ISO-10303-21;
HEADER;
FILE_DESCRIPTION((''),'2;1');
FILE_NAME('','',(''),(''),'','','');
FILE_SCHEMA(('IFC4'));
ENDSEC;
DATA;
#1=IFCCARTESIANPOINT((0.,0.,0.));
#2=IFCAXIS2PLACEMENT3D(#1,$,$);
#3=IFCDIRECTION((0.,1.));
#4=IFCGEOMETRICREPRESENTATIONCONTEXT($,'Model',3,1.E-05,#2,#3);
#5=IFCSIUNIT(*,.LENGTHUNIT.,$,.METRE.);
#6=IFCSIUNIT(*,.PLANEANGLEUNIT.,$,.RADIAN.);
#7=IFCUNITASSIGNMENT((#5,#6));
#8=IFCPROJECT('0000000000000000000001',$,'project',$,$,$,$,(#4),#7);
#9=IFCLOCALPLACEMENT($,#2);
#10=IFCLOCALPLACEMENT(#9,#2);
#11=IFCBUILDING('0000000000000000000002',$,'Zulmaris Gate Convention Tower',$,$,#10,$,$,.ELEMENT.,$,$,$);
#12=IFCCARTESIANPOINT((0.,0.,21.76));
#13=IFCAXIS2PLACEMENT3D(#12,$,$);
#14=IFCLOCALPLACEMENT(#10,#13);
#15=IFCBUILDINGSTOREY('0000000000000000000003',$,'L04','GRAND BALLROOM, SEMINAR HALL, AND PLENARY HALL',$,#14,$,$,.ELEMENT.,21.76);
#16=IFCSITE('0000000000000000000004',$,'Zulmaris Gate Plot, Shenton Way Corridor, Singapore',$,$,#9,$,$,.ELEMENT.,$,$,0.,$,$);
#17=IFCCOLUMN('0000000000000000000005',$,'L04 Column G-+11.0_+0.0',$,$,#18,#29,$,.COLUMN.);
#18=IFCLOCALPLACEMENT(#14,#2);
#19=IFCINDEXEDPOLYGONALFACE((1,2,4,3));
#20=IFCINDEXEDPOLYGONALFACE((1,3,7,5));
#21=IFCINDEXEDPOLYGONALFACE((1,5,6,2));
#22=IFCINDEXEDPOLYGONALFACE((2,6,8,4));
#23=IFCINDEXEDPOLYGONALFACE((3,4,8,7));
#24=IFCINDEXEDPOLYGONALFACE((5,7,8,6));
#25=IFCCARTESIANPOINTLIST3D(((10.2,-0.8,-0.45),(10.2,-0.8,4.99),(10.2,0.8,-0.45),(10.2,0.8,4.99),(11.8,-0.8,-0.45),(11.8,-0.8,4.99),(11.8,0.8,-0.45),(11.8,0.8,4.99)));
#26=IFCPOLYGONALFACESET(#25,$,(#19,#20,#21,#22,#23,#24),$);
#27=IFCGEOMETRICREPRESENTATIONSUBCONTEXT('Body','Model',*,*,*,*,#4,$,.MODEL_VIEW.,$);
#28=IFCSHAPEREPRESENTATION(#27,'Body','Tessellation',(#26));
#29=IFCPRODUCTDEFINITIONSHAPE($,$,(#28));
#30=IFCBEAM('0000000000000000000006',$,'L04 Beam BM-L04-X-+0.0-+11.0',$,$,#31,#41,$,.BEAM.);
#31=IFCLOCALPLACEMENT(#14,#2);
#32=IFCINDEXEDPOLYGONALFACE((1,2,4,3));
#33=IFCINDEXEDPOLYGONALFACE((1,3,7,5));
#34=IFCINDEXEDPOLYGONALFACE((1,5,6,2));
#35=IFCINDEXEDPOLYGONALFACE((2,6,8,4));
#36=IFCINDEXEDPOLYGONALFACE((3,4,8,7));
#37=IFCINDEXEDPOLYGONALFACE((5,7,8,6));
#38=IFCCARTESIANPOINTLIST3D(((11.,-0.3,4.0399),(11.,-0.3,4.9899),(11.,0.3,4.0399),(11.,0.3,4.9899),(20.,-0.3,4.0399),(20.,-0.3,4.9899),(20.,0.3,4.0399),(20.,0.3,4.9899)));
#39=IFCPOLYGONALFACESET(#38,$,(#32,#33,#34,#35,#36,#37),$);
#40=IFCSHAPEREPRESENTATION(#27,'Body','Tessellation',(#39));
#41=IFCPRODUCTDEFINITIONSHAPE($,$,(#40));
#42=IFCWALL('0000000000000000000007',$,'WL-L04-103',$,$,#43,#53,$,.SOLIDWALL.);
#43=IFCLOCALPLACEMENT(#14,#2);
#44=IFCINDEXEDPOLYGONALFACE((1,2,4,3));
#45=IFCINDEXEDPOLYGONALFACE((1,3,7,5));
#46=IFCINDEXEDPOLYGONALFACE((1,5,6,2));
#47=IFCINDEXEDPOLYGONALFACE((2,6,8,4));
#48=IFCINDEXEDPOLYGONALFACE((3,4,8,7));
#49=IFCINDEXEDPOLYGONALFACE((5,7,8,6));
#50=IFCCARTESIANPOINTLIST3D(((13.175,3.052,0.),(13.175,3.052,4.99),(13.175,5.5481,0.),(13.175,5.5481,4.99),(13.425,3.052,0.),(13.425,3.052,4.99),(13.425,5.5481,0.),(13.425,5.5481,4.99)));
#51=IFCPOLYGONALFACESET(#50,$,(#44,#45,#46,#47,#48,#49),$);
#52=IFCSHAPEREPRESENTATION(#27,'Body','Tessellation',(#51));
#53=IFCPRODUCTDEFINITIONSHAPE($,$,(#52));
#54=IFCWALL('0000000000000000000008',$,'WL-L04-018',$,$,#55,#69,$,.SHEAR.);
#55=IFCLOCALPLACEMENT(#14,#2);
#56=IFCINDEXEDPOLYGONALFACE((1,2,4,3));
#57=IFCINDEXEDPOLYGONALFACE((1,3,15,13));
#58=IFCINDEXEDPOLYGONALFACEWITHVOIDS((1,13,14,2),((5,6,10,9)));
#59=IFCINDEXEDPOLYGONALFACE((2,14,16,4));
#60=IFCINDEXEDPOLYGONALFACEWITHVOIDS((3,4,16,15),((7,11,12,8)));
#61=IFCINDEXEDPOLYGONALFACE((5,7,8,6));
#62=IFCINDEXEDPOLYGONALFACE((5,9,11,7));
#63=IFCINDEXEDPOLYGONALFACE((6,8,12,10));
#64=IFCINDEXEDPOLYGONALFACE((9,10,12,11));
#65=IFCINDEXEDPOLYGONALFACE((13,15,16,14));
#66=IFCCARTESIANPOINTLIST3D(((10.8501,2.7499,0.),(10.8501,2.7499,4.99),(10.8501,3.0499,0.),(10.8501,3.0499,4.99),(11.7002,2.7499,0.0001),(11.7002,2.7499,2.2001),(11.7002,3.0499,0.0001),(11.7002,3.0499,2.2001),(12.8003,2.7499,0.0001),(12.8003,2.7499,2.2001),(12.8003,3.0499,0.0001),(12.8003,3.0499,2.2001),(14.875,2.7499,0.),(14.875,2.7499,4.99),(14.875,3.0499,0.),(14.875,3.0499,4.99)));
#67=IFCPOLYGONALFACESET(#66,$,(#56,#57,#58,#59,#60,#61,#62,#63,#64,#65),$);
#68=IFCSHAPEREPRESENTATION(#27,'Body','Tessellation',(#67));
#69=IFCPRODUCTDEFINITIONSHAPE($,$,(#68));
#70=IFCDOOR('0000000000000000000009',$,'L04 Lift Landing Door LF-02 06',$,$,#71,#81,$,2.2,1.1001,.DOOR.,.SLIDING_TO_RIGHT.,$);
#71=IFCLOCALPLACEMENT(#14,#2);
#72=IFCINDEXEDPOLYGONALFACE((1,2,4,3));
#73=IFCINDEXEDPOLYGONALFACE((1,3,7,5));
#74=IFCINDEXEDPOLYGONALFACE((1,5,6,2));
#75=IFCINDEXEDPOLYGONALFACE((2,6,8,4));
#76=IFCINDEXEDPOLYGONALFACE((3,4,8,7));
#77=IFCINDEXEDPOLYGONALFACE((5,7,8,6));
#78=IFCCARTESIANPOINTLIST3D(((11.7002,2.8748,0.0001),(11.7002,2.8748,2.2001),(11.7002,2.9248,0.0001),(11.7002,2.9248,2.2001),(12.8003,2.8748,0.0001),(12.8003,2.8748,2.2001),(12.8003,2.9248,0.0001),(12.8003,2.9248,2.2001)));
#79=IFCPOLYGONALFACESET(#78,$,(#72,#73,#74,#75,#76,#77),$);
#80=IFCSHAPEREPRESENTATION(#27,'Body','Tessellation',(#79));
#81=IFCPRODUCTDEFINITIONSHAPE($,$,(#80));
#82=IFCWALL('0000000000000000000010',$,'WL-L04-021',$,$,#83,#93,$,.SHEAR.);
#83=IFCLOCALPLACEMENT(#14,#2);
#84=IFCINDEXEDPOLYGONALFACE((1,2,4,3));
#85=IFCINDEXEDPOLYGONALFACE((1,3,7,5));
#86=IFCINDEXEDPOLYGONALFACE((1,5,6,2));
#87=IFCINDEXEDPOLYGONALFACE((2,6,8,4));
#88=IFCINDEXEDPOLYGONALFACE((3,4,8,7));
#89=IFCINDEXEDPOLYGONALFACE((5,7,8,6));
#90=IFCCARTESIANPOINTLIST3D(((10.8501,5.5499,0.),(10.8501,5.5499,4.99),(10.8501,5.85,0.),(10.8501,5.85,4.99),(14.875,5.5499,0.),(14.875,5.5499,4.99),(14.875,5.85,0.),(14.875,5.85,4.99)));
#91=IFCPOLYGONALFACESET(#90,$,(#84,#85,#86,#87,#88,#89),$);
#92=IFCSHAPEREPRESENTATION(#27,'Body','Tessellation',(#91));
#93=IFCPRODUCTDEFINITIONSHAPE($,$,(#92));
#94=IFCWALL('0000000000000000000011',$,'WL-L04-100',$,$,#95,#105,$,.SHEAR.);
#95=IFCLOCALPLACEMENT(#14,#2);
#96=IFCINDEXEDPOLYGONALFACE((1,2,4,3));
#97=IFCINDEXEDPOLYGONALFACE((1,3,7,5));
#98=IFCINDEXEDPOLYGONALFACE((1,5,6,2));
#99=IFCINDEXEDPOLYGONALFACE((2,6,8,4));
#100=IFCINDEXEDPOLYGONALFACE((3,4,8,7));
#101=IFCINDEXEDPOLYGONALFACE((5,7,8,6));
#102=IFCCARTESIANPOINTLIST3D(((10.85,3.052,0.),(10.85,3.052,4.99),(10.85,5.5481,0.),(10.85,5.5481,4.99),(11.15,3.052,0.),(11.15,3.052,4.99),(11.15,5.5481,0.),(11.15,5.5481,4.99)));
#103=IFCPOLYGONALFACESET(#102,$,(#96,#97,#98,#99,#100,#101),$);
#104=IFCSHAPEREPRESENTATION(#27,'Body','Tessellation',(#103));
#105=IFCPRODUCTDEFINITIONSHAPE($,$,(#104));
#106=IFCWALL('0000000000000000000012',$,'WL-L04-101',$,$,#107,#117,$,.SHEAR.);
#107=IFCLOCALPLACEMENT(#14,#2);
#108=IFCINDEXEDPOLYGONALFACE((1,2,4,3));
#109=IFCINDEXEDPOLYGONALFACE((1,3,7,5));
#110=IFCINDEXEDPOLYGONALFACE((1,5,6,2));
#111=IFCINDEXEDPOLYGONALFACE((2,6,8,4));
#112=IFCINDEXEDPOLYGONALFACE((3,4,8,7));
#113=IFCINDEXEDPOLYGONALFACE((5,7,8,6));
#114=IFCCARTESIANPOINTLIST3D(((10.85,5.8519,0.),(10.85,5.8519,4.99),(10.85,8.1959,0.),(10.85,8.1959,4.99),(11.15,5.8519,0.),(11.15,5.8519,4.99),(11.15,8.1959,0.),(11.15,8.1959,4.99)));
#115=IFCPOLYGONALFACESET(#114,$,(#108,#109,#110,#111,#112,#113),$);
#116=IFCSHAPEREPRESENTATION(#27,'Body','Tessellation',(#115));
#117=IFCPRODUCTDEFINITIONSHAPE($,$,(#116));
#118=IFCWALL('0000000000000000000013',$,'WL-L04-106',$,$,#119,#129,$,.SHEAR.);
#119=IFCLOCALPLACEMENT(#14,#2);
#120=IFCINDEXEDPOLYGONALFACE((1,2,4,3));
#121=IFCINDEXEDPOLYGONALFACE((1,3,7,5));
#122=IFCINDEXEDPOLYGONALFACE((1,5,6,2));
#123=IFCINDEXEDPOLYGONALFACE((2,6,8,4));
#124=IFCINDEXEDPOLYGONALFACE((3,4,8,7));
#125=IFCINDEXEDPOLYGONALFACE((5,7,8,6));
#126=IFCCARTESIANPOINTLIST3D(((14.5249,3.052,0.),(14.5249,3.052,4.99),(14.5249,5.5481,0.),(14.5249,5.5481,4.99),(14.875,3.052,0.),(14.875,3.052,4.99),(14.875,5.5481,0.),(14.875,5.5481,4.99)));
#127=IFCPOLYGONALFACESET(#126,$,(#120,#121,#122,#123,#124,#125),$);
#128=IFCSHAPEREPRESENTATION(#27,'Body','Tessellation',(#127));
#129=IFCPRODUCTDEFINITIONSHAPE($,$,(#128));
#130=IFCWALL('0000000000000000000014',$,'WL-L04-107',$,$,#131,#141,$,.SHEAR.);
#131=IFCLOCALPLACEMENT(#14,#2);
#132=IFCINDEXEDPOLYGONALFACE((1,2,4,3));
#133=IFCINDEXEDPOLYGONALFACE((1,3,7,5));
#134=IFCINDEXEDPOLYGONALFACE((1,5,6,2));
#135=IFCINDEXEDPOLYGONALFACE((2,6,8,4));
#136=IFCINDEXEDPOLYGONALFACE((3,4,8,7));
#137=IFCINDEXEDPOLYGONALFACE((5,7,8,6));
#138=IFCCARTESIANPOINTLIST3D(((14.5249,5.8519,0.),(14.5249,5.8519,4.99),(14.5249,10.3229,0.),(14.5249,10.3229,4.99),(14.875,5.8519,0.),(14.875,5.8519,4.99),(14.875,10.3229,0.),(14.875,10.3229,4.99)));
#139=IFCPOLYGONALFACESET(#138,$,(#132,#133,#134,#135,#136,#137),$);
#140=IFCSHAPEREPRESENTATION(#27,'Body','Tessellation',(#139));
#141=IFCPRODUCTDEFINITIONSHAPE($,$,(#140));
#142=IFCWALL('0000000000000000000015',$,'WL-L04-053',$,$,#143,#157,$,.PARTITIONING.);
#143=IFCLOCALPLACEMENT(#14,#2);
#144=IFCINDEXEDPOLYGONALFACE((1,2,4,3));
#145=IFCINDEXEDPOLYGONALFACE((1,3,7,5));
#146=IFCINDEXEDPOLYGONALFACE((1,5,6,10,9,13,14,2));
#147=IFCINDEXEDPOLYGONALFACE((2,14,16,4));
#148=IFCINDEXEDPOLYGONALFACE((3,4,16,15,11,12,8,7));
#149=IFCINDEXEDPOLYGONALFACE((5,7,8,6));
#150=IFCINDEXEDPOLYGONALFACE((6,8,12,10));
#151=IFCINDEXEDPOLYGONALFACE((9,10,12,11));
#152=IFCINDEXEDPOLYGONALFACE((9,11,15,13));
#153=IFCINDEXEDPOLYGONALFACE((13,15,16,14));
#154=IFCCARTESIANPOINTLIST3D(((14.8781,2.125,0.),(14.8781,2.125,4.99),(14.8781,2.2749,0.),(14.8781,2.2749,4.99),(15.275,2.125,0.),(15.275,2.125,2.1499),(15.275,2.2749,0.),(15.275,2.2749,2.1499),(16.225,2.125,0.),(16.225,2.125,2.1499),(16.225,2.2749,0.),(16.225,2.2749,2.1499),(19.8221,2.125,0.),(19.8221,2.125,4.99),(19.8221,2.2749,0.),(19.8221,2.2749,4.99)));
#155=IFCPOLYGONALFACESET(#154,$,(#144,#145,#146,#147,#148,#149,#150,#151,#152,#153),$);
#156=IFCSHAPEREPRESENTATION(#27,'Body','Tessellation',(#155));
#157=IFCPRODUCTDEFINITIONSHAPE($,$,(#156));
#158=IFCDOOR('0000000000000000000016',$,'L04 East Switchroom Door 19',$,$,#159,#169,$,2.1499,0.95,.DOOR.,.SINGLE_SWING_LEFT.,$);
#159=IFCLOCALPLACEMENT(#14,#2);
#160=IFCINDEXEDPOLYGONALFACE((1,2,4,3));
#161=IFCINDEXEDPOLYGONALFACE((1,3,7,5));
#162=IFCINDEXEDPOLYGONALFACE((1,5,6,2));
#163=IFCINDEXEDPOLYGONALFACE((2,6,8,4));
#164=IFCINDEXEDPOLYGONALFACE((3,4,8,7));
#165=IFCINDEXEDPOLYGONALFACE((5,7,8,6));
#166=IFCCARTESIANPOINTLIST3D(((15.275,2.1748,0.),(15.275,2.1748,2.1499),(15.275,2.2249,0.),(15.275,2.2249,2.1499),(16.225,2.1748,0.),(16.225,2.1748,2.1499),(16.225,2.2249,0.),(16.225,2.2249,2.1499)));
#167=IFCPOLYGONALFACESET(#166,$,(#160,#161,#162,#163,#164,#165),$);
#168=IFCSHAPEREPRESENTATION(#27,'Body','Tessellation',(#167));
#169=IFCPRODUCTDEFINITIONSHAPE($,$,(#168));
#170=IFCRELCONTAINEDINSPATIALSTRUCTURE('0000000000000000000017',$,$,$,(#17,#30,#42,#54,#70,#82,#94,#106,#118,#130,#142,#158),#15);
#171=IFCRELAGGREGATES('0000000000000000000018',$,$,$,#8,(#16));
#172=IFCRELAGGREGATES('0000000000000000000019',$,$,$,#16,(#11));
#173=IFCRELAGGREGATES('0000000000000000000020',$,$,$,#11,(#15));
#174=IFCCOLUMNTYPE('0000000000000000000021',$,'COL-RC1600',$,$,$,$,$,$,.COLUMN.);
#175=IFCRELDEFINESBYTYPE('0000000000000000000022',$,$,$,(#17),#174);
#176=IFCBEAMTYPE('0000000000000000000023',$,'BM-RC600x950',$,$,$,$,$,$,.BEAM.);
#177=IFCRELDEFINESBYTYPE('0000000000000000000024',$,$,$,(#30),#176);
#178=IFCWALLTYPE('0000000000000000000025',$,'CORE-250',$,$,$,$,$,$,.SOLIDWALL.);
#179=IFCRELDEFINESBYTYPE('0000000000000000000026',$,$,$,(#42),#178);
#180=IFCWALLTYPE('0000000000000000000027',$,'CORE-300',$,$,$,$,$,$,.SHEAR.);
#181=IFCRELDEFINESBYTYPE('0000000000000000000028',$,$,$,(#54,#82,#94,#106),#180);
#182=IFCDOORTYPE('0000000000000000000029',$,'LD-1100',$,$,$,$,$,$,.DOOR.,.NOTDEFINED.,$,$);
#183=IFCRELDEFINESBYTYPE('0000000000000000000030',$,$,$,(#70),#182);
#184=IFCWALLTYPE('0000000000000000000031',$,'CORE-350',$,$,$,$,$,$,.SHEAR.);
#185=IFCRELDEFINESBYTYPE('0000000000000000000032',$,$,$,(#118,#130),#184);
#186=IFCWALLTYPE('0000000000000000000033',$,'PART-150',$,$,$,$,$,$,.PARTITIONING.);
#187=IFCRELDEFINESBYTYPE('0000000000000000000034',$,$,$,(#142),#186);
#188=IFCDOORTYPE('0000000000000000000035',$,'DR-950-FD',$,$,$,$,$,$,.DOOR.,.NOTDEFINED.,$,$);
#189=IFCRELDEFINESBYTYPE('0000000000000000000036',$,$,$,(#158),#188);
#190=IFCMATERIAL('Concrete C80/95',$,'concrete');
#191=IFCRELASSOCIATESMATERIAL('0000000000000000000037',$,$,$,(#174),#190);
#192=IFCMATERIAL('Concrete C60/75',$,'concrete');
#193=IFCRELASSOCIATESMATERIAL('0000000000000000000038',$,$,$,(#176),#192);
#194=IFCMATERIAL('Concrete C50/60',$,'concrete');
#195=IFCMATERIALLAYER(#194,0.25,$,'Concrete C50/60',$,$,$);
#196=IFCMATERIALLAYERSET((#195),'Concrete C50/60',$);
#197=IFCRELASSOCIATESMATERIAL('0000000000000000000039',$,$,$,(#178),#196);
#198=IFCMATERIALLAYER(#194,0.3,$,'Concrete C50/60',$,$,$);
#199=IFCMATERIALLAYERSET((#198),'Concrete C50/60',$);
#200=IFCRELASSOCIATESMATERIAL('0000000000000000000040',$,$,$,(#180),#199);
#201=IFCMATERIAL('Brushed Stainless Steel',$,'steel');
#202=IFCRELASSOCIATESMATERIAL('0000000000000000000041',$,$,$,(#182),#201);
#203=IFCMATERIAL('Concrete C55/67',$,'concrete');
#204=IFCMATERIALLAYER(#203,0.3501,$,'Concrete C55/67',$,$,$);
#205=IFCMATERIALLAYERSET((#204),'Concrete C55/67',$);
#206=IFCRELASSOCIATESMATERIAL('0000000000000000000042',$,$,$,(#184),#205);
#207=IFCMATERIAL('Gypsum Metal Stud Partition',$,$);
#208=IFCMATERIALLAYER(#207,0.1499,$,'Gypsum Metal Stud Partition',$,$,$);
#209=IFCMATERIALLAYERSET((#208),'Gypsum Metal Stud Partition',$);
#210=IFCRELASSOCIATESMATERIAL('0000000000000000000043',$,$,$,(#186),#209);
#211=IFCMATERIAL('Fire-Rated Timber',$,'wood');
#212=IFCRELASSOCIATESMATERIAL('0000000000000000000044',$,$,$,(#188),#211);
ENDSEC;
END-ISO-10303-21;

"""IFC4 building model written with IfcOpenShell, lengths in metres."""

from ifc_helpers import new_model, si_unit, direction, frame, frame_2d, origin, origin_2d, place, context, subcontext, project, spatial, rectangle, extrude, material, layer, layer_set, material_profile, profile_set, type_object, element, fill, save


model = new_model("IFC4")

# Units and contexts
model_context = context("Model", 3, precision=1e-05, world=origin(), true_north=direction((0.0, 1.0)))
body_context = subcontext(model_context, "Body", "Model", "MODEL_VIEW")
ifc_project = project(units=[si_unit("LENGTHUNIT", "METRE"), si_unit("PLANEANGLEUNIT", "RADIAN")], contexts=[model_context])

# Site, building, storey
site_placement = place(None, origin())
site = spatial("IfcSite", under=ifc_project, at=site_placement, Name="Zulmaris Gate Plot, Shenton Way Corridor, Singapore", CompositionType="ELEMENT", RefElevation=0.0)
building_placement = place(site_placement, origin())
building = spatial("IfcBuilding", under=site, at=building_placement, Name="Zulmaris Gate Convention Tower", CompositionType="ELEMENT")
storey_placement = place(building_placement, frame((0.0, 0.0, 21.76)))
storey = spatial("IfcBuildingStorey", under=building, at=storey_placement, Name="L04", Description="GRAND BALLROOM, SEMINAR HALL, AND PLENARY HALL", CompositionType="ELEMENT", Elevation=21.76)

# Column
ifc_material_1 = material(Name="Concrete C80/95", Category="concrete")
ifc_material_profile_1 = material_profile(ifc_material_1, rectangle(XDim=1.6001, YDim=1.6001, at=origin_2d()), Name="RC COL 1600x1600")
ifc_profile_set_1 = profile_set([ifc_material_profile_1], Name="Concrete C80/95")
column_type = type_object("IfcColumnType", Name="COL-RC1600", PredefinedType="COLUMN", material=ifc_profile_set_1)
column_placement = place(storey_placement, frame((11.0, 0.0, -0.45), z_axis=(0.0, 0.0, 1.0), x_axis=(1.0, 0.0, 0.0)))
element("IfcColumn", 1, at=column_placement, inside=storey, type_object=column_type, Name="L04 Column G-+11.0_+0.0", PredefinedType="COLUMN", context=body_context, shape_type="SweptSolid", body=[
    extrude(rectangle(XDim=1.6001, YDim=1.6001, at=origin_2d()), origin(), (0.0, 0.0, 1.0), 5.4399),
])

# Beam
ifc_material_2 = material(Name="Concrete C60/75", Category="concrete")
ifc_material_profile_2 = material_profile(ifc_material_2, rectangle(XDim=0.6001, YDim=0.95, at=origin_2d()), Name="RC BEAM 600x950")
ifc_profile_set_2 = profile_set([ifc_material_profile_2], Name="Concrete C60/75")
beam_type = type_object("IfcBeamType", Name="BM-RC600x950", PredefinedType="BEAM", material=ifc_profile_set_2)
beam_placement = place(storey_placement, frame((11.0, 0.0, 4.5149), z_axis=(1.0, 0.0, 0.0), x_axis=(0.0, 1.0, 0.0)))
element("IfcBeam", 2, at=beam_placement, inside=storey, type_object=beam_type, Name="L04 Beam BM-L04-X-+0.0-+11.0", PredefinedType="BEAM", context=body_context, shape_type="SweptSolid", body=[
    extrude(rectangle(XDim=0.6001, YDim=0.95, at=origin_2d()), origin(), (0.0, 0.0, 1.0), 9.0),
])

# Wall
ifc_material_3 = material(Name="Concrete C50/60", Category="concrete")
ifc_layer_1 = layer(ifc_material_3, 0.25, Name="Concrete C50/60")
ifc_layer_set_1 = layer_set([ifc_layer_1], Name="Concrete C50/60")
wall_type_1 = type_object("IfcWallType", Name="CORE-250", PredefinedType="SOLIDWALL", material=ifc_layer_set_1)
wall_1_placement = place(storey_placement, frame((13.3, 3.052, 0.0), z_axis=(0.0, 0.0, 1.0), x_axis=(0.0, 1.0, 0.0)))
element("IfcWall", 3, at=wall_1_placement, inside=storey, type_object=wall_type_1, Name="WL-L04-103", PredefinedType="SOLIDWALL", context=body_context, shape_type="SweptSolid", body=[
    extrude(rectangle(XDim=2.4961, YDim=0.25, at=frame_2d((1.248, 0.0))), origin(), (0.0, 0.0, 1.0), 4.99),
])

# Wall, opening, door
ifc_layer_2 = layer(ifc_material_3, 0.3, Name="Concrete C50/60")
ifc_layer_set_2 = layer_set([ifc_layer_2], Name="Concrete C50/60")
wall_type_2 = type_object("IfcWallType", Name="CORE-300", PredefinedType="SHEAR", material=ifc_layer_set_2)
wall_2_placement = place(storey_placement, frame((10.8501, 2.8999, 0.0), z_axis=(0.0, 0.0, 1.0), x_axis=(1.0, 0.0, 0.0)))
wall_2 = element("IfcWall", 4, at=wall_2_placement, inside=storey, type_object=wall_type_2, Name="WL-L04-018", PredefinedType="SHEAR", context=body_context, shape_type="SweptSolid", body=[
    extrude(rectangle(XDim=4.0249, YDim=0.3, at=frame_2d((2.0125, 0.0))), origin(), (0.0, 0.0, 1.0), 4.99),
])
opening_1_placement = place(wall_2_placement, frame((0.8501, 0.0, 0.0)))
opening_1 = element("IfcOpeningElement", 5, at=opening_1_placement, cuts=wall_2, PredefinedType="OPENING", context=body_context, shape_type="SweptSolid", body=[
    extrude(rectangle(XDim=1.1001, YDim=2.2, at=frame_2d((0.55, 1.1001))), frame((0.0, 0.1602, 0.0), z_axis=(0.0, -1.0, 0.0), x_axis=(1.0, 0.0, 0.0)), (0.0, 0.0, 1.0), 0.3201),
])
ifc_material_4 = material(Name="Brushed Stainless Steel", Category="steel")
door_type_1 = type_object("IfcDoorType", Name="LD-1100", OperationType="NOTDEFINED", PredefinedType="DOOR", material=ifc_material_4)
door_1_placement = place(opening_1_placement, origin())
door_1 = element("IfcDoor", 6, at=door_1_placement, inside=storey, type_object=door_type_1, Name="L04 Lift Landing Door LF-02 06", OperationType="SLIDING_TO_RIGHT", OverallHeight=2.2, OverallWidth=1.1001, PredefinedType="DOOR", context=body_context, shape_type="SweptSolid", body=[
    extrude(rectangle(XDim=1.1001, YDim=2.2, at=frame_2d((0.55, 1.1001))), frame((0.0, 0.0249, 0.0), z_axis=(0.0, -1.0, 0.0), x_axis=(1.0, 0.0, 0.0)), (0.0, 0.0, 1.0), 0.05),
])
fill(opening_1, door_1)

# Wall
wall_3_placement = place(storey_placement, frame((10.8501, 5.7, 0.0), z_axis=(0.0, 0.0, 1.0), x_axis=(1.0, 0.0, 0.0)))
element("IfcWall", 7, at=wall_3_placement, inside=storey, type_object=wall_type_2, Name="WL-L04-021", PredefinedType="SHEAR", context=body_context, shape_type="SweptSolid", body=[
    extrude(rectangle(XDim=4.0249, YDim=0.3, at=frame_2d((2.0125, 0.0))), origin(), (0.0, 0.0, 1.0), 4.99),
])

# Walls
wall_4_placement = place(storey_placement, frame((11.0, 3.052, 0.0), z_axis=(0.0, 0.0, 1.0), x_axis=(0.0, 1.0, 0.0)))
element("IfcWall", 8, at=wall_4_placement, inside=storey, type_object=wall_type_2, Name="WL-L04-100", PredefinedType="SHEAR", context=body_context, shape_type="SweptSolid", body=[
    extrude(rectangle(XDim=2.4961, YDim=0.3, at=frame_2d((1.248, 0.0))), origin(), (0.0, 0.0, 1.0), 4.99),
])
wall_5_placement = place(storey_placement, frame((11.0, 5.8521, 0.0), z_axis=(0.0, 0.0, 1.0), x_axis=(0.0, 1.0, 0.0)))
element("IfcWall", 9, at=wall_5_placement, inside=storey, type_object=wall_type_2, Name="WL-L04-101", PredefinedType="SHEAR", context=body_context, shape_type="SweptSolid", body=[
    extrude(rectangle(XDim=2.344, YDim=0.3, at=frame_2d((1.1719, 0.0))), origin(), (0.0, 0.0, 1.0), 4.99),
])
ifc_material_5 = material(Name="Concrete C55/67", Category="concrete")
ifc_layer_3 = layer(ifc_material_5, 0.3501, Name="Concrete C55/67")
ifc_layer_set_3 = layer_set([ifc_layer_3], Name="Concrete C55/67")
wall_type_3 = type_object("IfcWallType", Name="CORE-350", PredefinedType="SHEAR", material=ifc_layer_set_3)
wall_6_placement = place(storey_placement, frame((14.7, 3.052, 0.0), z_axis=(0.0, 0.0, 1.0), x_axis=(0.0, 1.0, 0.0)))
element("IfcWall", 10, at=wall_6_placement, inside=storey, type_object=wall_type_3, Name="WL-L04-106", PredefinedType="SHEAR", context=body_context, shape_type="SweptSolid", body=[
    extrude(rectangle(XDim=2.4961, YDim=0.3501, at=frame_2d((1.248, 0.0))), origin(), (0.0, 0.0, 1.0), 4.99),
])
wall_7_placement = place(storey_placement, frame((14.7, 5.8521, 0.0), z_axis=(0.0, 0.0, 1.0), x_axis=(0.0, 1.0, 0.0)))
element("IfcWall", 11, at=wall_7_placement, inside=storey, type_object=wall_type_3, Name="WL-L04-107", PredefinedType="SHEAR", context=body_context, shape_type="SweptSolid", body=[
    extrude(rectangle(XDim=4.4709, YDim=0.3501, at=frame_2d((2.2354, 0.0))), origin(), (0.0, 0.0, 1.0), 4.99),
])

# Wall, opening, door
ifc_material_6 = material(Name="Gypsum Metal Stud Partition")
ifc_layer_4 = layer(ifc_material_6, 0.1499, Name="Gypsum Metal Stud Partition")
ifc_layer_set_4 = layer_set([ifc_layer_4], Name="Gypsum Metal Stud Partition")
wall_type_4 = type_object("IfcWallType", Name="PART-150", PredefinedType="PARTITIONING", material=ifc_layer_set_4)
wall_8_placement = place(storey_placement, frame((14.8779, 2.2, 0.0), z_axis=(0.0, 0.0, 1.0), x_axis=(1.0, 0.0, 0.0)))
wall_8 = element("IfcWall", 12, at=wall_8_placement, inside=storey, type_object=wall_type_4, Name="WL-L04-053", PredefinedType="PARTITIONING", context=body_context, shape_type="SweptSolid", body=[
    extrude(rectangle(XDim=4.9441, YDim=0.1499, at=frame_2d((2.4722, 0.0))), origin(), (0.0, 0.0, 1.0), 4.99),
])
opening_2_placement = place(wall_8_placement, frame((0.397, 0.0, 0.0)))
opening_2 = element("IfcOpeningElement", 13, at=opening_2_placement, cuts=wall_8, PredefinedType="OPENING", context=body_context, shape_type="SweptSolid", body=[
    extrude(rectangle(XDim=0.95, YDim=2.1499, at=frame_2d((0.4751, 1.075))), frame((0.0, 0.085, 0.0), z_axis=(0.0, -1.0, 0.0), x_axis=(1.0, 0.0, 0.0)), (0.0, 0.0, 1.0), 0.1699),
])
ifc_material_7 = material(Name="Fire-Rated Timber", Category="wood")
door_type_2 = type_object("IfcDoorType", Name="DR-950-FD", OperationType="NOTDEFINED", PredefinedType="DOOR", material=ifc_material_7)
door_2_placement = place(opening_2_placement, origin())
door_2 = element("IfcDoor", 14, at=door_2_placement, inside=storey, type_object=door_type_2, Name="L04 East Switchroom Door 19", OperationType="SINGLE_SWING_LEFT", OverallHeight=2.1499, OverallWidth=0.95, PredefinedType="DOOR", context=body_context, shape_type="SweptSolid", body=[
    extrude(rectangle(XDim=0.95, YDim=2.1499, at=frame_2d((0.4751, 1.075))), frame((0.0, 0.0249, 0.0), z_axis=(0.0, -1.0, 0.0), x_axis=(1.0, 0.0, 0.0)), (0.0, 0.0, 1.0), 0.05),
])
fill(opening_2, door_2)

save(model, "model.ifc")
